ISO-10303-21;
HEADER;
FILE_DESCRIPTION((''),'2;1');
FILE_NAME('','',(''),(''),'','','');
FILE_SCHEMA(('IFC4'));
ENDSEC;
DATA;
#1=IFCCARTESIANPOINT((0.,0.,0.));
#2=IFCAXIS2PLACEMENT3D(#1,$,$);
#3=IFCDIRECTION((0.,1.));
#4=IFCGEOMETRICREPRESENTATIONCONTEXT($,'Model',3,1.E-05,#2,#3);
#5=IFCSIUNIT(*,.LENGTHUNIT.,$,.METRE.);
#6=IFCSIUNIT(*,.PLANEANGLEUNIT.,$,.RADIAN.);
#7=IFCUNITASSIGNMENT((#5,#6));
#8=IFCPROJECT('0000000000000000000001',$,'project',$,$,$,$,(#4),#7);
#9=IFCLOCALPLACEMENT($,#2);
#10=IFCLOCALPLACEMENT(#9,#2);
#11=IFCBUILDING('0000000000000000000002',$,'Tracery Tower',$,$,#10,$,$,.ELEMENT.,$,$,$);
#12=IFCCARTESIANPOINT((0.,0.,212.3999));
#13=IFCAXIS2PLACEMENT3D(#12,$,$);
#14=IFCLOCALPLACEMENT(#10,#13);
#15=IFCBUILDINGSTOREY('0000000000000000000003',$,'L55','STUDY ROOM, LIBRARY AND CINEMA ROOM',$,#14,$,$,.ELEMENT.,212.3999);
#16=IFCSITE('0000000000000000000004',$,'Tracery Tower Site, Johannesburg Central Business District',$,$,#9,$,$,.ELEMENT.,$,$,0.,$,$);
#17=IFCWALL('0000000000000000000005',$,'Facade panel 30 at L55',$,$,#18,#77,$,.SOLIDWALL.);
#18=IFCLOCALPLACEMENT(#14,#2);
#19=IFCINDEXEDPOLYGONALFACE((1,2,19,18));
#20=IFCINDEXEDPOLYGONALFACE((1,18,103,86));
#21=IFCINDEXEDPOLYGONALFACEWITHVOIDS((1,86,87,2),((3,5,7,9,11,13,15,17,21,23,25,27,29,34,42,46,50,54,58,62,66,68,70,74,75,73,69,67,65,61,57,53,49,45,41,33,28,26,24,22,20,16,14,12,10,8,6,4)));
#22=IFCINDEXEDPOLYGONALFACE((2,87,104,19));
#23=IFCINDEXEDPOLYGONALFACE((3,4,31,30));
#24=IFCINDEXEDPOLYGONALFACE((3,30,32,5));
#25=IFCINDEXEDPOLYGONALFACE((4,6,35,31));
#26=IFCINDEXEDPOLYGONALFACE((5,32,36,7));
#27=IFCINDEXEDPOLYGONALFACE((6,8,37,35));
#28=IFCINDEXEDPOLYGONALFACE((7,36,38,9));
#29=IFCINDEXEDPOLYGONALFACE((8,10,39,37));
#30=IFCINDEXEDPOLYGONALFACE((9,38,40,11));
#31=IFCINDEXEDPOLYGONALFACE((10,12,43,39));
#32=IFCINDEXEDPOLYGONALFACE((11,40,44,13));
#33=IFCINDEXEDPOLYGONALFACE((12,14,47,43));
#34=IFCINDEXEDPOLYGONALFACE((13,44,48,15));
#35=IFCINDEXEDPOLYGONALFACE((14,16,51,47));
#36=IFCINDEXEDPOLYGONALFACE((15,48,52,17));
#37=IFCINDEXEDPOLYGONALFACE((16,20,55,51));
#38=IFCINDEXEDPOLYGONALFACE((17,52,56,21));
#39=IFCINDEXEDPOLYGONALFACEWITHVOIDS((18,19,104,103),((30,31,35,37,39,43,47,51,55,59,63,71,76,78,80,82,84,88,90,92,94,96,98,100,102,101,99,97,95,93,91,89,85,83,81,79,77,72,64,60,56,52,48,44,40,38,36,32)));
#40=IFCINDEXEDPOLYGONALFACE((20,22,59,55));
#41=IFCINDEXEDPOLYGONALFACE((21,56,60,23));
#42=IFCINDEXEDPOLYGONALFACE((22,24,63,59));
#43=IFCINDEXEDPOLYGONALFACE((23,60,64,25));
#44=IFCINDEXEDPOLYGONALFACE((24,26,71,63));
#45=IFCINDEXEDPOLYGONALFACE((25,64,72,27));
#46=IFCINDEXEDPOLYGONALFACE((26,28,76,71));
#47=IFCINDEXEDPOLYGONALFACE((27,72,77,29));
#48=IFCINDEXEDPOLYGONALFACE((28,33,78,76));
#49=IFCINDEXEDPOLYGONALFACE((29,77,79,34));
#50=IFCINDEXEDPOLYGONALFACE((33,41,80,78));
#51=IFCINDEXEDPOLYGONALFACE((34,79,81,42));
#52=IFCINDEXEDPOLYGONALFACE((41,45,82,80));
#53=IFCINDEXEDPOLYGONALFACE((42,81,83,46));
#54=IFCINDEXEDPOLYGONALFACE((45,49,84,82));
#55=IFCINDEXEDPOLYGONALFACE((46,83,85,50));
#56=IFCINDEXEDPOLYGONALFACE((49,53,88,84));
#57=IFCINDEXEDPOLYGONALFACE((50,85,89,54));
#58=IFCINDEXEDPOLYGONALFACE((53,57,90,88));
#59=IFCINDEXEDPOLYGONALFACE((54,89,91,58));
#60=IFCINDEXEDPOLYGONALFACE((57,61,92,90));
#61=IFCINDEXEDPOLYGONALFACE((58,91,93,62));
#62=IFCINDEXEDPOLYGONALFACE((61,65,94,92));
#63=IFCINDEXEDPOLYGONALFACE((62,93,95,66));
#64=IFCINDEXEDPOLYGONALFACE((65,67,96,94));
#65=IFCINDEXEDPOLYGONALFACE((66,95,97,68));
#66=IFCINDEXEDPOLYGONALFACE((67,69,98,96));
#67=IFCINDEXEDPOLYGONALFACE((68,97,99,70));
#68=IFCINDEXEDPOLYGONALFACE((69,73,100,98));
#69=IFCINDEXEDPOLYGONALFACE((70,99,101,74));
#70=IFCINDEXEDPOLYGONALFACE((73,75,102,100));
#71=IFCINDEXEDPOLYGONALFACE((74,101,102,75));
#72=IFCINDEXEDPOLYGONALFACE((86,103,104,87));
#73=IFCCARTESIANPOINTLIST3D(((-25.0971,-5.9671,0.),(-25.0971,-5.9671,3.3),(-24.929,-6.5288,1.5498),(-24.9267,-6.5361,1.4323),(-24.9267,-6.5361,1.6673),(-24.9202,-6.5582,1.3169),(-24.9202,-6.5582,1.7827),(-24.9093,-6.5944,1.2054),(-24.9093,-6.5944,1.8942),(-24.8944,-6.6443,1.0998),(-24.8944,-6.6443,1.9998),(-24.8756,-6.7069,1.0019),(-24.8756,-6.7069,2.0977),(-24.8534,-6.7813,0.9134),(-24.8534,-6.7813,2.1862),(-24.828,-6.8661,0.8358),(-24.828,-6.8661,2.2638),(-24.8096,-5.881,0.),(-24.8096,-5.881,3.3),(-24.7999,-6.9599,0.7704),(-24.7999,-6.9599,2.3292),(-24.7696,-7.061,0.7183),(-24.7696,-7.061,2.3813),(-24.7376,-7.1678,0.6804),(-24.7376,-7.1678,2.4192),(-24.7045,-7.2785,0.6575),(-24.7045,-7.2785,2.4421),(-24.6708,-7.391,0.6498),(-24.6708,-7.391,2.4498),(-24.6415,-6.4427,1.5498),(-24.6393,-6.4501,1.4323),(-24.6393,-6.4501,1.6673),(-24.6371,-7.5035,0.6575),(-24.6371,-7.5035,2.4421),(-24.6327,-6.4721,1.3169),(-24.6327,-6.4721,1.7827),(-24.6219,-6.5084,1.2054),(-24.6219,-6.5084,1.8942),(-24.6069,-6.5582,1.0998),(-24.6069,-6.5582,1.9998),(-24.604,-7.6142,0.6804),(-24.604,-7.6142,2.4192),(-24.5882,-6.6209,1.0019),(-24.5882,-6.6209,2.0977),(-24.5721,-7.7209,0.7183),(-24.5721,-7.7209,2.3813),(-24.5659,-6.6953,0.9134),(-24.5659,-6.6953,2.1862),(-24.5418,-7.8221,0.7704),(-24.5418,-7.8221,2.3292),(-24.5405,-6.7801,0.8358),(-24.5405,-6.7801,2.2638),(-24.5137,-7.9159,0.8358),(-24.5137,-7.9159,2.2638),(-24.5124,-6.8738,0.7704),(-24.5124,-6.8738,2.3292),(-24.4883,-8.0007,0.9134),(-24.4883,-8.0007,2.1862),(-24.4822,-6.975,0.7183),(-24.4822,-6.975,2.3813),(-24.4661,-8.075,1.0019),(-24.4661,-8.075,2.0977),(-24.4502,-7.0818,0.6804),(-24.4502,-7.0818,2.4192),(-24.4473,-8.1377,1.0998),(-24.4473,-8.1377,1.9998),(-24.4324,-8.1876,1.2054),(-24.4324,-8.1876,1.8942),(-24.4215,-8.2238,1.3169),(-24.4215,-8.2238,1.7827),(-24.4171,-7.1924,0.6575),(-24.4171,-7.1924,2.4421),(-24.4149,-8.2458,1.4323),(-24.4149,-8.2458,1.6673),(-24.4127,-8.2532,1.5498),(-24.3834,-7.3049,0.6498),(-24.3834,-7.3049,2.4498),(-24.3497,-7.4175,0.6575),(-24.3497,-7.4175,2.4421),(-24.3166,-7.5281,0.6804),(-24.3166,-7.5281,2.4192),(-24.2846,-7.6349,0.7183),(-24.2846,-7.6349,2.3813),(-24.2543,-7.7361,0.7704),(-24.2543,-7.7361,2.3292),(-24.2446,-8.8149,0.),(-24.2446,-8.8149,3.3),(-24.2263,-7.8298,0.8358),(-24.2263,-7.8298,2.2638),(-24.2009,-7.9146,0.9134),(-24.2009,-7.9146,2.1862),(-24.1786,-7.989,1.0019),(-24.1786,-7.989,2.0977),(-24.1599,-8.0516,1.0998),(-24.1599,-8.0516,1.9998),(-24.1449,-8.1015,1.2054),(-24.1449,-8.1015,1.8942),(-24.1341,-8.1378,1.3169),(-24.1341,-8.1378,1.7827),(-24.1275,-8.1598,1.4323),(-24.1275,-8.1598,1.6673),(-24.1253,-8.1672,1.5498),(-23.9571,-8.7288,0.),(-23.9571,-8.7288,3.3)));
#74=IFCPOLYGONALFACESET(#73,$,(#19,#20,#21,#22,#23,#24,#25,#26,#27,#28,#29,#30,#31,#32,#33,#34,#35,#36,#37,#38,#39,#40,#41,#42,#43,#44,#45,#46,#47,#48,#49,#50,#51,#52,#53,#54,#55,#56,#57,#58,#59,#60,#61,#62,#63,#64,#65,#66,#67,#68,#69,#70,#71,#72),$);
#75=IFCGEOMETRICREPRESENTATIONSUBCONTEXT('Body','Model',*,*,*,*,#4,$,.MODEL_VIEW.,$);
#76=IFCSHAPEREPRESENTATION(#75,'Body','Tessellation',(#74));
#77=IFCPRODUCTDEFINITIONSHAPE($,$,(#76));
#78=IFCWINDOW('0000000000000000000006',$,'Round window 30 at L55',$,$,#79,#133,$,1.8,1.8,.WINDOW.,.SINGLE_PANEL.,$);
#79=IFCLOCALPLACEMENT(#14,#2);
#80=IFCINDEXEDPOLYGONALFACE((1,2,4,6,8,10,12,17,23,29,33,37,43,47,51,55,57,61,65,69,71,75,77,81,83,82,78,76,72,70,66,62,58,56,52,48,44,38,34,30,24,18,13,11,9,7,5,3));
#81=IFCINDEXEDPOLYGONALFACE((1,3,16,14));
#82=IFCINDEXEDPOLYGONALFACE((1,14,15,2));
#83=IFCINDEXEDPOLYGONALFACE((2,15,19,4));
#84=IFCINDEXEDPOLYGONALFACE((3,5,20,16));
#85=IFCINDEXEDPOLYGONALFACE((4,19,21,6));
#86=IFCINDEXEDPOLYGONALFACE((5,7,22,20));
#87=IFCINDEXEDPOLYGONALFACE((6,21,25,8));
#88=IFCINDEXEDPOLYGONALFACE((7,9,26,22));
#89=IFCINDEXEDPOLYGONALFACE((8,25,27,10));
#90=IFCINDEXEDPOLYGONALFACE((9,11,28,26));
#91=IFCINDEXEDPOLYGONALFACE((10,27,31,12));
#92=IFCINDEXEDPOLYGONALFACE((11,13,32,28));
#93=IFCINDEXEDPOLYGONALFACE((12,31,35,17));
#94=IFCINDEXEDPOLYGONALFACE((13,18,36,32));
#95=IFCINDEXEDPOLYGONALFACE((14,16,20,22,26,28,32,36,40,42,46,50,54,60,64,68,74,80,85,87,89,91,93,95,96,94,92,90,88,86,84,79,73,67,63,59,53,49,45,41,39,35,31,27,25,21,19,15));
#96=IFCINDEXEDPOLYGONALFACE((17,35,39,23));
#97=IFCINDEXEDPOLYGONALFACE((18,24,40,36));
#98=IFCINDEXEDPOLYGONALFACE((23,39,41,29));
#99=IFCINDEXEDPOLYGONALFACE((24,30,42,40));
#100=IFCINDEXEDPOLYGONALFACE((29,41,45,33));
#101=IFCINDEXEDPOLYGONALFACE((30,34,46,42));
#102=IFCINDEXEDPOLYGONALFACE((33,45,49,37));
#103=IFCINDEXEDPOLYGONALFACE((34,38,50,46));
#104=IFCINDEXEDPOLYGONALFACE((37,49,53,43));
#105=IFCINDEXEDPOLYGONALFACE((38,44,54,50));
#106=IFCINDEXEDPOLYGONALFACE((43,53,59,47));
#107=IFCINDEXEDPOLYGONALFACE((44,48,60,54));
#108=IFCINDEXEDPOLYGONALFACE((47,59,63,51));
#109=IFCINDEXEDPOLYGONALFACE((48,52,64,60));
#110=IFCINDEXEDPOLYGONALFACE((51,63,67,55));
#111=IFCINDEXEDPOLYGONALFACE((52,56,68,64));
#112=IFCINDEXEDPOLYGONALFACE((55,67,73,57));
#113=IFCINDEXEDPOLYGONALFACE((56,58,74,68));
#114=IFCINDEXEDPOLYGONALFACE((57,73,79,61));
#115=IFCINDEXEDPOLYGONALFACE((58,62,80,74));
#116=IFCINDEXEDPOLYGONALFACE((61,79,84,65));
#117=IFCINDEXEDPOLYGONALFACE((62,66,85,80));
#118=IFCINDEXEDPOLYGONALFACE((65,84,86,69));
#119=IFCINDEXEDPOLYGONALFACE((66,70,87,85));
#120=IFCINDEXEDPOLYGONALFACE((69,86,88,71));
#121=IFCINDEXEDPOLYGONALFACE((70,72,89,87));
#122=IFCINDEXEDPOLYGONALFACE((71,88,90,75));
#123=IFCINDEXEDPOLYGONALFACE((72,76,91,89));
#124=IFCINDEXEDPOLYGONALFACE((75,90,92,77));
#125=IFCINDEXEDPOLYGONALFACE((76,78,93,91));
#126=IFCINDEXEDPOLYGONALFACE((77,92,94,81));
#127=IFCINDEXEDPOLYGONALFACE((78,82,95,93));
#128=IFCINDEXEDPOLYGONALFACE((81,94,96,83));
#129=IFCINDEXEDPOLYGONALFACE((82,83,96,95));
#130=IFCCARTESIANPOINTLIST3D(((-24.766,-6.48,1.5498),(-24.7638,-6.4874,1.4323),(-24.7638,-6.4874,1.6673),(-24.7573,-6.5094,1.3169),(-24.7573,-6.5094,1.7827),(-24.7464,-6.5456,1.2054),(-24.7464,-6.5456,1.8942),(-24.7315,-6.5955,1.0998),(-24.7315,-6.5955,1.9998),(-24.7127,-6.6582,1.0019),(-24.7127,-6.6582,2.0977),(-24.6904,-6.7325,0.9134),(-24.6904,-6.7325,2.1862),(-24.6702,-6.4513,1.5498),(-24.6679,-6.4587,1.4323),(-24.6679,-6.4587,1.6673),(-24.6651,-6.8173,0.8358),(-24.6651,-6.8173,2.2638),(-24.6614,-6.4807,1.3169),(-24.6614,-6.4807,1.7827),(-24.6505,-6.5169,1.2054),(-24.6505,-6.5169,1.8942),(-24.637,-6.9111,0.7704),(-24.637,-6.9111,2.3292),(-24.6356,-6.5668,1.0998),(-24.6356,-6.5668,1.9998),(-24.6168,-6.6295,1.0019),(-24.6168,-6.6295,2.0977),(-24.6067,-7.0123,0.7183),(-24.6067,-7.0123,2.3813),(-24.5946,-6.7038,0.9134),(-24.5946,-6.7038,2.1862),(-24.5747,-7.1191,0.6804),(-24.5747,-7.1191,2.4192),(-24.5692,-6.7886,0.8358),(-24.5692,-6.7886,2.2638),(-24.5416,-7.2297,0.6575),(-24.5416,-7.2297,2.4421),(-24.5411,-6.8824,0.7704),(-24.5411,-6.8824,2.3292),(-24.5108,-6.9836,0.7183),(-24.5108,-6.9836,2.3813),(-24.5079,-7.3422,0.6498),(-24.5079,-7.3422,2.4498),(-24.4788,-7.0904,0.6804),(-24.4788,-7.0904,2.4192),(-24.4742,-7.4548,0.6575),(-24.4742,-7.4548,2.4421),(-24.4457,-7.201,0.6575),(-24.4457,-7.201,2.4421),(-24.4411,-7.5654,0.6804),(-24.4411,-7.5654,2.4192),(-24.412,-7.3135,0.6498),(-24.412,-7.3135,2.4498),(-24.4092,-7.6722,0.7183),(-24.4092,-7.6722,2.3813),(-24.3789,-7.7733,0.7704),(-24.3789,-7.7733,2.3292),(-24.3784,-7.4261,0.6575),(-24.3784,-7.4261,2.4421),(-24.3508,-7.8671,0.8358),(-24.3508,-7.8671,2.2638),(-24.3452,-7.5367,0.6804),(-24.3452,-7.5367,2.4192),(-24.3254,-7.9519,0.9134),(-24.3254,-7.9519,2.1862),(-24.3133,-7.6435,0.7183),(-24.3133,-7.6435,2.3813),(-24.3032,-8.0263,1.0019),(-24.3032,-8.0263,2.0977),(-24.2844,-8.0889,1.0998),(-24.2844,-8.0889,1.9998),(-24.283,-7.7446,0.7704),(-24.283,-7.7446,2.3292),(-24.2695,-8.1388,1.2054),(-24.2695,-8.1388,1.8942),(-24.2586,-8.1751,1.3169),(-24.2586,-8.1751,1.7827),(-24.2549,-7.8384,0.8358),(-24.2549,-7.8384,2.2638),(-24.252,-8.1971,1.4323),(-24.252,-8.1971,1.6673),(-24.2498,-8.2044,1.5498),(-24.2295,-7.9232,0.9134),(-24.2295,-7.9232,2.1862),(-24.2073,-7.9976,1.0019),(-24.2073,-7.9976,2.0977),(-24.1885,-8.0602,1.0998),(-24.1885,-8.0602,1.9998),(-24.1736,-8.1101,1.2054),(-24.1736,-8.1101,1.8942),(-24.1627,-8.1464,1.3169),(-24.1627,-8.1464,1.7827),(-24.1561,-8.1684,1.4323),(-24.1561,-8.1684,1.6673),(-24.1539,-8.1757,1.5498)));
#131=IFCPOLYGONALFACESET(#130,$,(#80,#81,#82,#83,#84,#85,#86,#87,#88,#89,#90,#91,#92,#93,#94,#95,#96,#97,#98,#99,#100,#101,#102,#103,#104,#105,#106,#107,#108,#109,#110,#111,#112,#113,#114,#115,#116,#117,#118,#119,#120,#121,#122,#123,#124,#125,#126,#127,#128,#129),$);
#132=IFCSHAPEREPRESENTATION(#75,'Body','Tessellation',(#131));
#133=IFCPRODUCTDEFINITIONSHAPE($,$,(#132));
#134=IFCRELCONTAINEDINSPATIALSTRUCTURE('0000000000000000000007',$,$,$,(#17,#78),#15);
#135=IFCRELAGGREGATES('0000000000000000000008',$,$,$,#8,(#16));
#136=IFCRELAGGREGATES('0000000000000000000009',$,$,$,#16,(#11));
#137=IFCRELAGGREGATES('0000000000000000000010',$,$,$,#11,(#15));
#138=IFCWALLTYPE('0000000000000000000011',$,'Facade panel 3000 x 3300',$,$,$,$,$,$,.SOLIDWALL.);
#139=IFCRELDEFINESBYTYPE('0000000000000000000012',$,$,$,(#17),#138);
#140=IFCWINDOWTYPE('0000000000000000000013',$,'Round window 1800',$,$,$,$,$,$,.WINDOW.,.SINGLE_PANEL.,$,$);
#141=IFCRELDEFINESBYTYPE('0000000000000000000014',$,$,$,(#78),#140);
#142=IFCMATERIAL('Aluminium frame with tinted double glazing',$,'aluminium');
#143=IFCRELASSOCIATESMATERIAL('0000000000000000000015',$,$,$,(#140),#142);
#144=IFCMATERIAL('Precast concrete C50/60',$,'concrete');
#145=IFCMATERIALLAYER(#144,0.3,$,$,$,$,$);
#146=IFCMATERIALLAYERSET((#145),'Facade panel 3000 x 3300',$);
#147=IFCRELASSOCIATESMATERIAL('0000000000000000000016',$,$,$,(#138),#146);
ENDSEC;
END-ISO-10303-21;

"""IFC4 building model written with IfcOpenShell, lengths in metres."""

from ifc_helpers import new_model, si_unit, direction, frame, frame_2d, origin, origin_2d, place, context, subcontext, project, spatial, rectangle, circle, extrude, material, layer, layer_set, type_object, element, fill, save


model = new_model("IFC4")

# Units and contexts
model_context = context("Model", 3, precision=1e-05, world=origin(), true_north=direction((0.0, 1.0)))
body_context = subcontext(model_context, "Body", "Model", "MODEL_VIEW")
ifc_project = project(units=[si_unit("LENGTHUNIT", "METRE"), si_unit("PLANEANGLEUNIT", "RADIAN")], contexts=[model_context])

# Site, building, storey
site_placement = place(None, origin())
site = spatial("IfcSite", under=ifc_project, at=site_placement, Name="Tracery Tower Site, Johannesburg Central Business District", CompositionType="ELEMENT", RefElevation=0.0)
building_placement = place(site_placement, origin())
building = spatial("IfcBuilding", under=site, at=building_placement, Name="Tracery Tower", CompositionType="ELEMENT")
storey_placement = place(building_placement, frame((0.0, 0.0, 212.3999)))
storey = spatial("IfcBuildingStorey", under=building, at=storey_placement, Name="L55", Description="STUDY ROOM, LIBRARY AND CINEMA ROOM", CompositionType="ELEMENT", Elevation=212.3999)

# Wall, opening, window
ifc_material_1 = material(Name="Aluminium frame with tinted double glazing", Category="aluminium")
window_type = type_object("IfcWindowType", Name="Round window 1800", PartitioningType="SINGLE_PANEL", PredefinedType="WINDOW", material=ifc_material_1)
ifc_material_2 = material(Name="Precast concrete C50/60", Category="concrete")
ifc_layer_1 = layer(ifc_material_2, 0.3)
ifc_layer_set_1 = layer_set([ifc_layer_1], Name="Facade panel 3000 x 3300")
wall_type_1 = type_object("IfcWallType", Name="Facade panel 3000 x 3300", PredefinedType="SOLIDWALL", material=ifc_layer_set_1)
wall_1_placement = place(storey_placement, frame((-24.9534, -5.9241, 0.0), z_axis=(0.0, 0.0, 1.0), x_axis=(0.286783, -0.957996, 0.0)))
wall_1 = element("IfcWall", 1, at=wall_1_placement, inside=storey, type_object=wall_type_1, Name="Facade panel 30 at L55", PredefinedType="SOLIDWALL", context=body_context, shape_type="SweptSolid", body=[
    extrude(rectangle(XDim=2.9727, YDim=0.3, at=frame_2d((1.4863, 0.0))), origin(), (0.0, 0.0, 1.0), 3.3),
])
opening_1_placement = place(wall_1_placement, frame((1.4863, 0.0, 1.5498)))
opening_1 = element("IfcOpeningElement", 2, at=opening_1_placement, cuts=wall_1, PredefinedType="OPENING", context=body_context, shape_type="SweptSolid", body=[
    extrude(circle(Radius=0.9, at=origin_2d()), frame((0.0, 0.1599, 0.0), z_axis=(0.0, -1.0, 0.0), x_axis=(1.0, 0.0, 0.0)), (0.0, 0.0, 1.0), 0.3201),
])
window_1_placement = place(opening_1_placement, origin())
window_1 = element("IfcWindow", 3, at=window_1_placement, inside=storey, type_object=window_type, Name="Round window 30 at L55", OverallHeight=1.8, OverallWidth=1.8, PartitioningType="SINGLE_PANEL", PredefinedType="WINDOW", context=body_context, shape_type="SweptSolid", body=[
    extrude(circle(Radius=0.9, at=origin_2d()), frame((0.0, 0.1201, 0.0), z_axis=(0.0, -1.0, 0.0), x_axis=(1.0, 0.0, 0.0)), (0.0, 0.0, 1.0), 0.1001),
])
fill(opening_1, window_1)

save(model, "model.ifc")
